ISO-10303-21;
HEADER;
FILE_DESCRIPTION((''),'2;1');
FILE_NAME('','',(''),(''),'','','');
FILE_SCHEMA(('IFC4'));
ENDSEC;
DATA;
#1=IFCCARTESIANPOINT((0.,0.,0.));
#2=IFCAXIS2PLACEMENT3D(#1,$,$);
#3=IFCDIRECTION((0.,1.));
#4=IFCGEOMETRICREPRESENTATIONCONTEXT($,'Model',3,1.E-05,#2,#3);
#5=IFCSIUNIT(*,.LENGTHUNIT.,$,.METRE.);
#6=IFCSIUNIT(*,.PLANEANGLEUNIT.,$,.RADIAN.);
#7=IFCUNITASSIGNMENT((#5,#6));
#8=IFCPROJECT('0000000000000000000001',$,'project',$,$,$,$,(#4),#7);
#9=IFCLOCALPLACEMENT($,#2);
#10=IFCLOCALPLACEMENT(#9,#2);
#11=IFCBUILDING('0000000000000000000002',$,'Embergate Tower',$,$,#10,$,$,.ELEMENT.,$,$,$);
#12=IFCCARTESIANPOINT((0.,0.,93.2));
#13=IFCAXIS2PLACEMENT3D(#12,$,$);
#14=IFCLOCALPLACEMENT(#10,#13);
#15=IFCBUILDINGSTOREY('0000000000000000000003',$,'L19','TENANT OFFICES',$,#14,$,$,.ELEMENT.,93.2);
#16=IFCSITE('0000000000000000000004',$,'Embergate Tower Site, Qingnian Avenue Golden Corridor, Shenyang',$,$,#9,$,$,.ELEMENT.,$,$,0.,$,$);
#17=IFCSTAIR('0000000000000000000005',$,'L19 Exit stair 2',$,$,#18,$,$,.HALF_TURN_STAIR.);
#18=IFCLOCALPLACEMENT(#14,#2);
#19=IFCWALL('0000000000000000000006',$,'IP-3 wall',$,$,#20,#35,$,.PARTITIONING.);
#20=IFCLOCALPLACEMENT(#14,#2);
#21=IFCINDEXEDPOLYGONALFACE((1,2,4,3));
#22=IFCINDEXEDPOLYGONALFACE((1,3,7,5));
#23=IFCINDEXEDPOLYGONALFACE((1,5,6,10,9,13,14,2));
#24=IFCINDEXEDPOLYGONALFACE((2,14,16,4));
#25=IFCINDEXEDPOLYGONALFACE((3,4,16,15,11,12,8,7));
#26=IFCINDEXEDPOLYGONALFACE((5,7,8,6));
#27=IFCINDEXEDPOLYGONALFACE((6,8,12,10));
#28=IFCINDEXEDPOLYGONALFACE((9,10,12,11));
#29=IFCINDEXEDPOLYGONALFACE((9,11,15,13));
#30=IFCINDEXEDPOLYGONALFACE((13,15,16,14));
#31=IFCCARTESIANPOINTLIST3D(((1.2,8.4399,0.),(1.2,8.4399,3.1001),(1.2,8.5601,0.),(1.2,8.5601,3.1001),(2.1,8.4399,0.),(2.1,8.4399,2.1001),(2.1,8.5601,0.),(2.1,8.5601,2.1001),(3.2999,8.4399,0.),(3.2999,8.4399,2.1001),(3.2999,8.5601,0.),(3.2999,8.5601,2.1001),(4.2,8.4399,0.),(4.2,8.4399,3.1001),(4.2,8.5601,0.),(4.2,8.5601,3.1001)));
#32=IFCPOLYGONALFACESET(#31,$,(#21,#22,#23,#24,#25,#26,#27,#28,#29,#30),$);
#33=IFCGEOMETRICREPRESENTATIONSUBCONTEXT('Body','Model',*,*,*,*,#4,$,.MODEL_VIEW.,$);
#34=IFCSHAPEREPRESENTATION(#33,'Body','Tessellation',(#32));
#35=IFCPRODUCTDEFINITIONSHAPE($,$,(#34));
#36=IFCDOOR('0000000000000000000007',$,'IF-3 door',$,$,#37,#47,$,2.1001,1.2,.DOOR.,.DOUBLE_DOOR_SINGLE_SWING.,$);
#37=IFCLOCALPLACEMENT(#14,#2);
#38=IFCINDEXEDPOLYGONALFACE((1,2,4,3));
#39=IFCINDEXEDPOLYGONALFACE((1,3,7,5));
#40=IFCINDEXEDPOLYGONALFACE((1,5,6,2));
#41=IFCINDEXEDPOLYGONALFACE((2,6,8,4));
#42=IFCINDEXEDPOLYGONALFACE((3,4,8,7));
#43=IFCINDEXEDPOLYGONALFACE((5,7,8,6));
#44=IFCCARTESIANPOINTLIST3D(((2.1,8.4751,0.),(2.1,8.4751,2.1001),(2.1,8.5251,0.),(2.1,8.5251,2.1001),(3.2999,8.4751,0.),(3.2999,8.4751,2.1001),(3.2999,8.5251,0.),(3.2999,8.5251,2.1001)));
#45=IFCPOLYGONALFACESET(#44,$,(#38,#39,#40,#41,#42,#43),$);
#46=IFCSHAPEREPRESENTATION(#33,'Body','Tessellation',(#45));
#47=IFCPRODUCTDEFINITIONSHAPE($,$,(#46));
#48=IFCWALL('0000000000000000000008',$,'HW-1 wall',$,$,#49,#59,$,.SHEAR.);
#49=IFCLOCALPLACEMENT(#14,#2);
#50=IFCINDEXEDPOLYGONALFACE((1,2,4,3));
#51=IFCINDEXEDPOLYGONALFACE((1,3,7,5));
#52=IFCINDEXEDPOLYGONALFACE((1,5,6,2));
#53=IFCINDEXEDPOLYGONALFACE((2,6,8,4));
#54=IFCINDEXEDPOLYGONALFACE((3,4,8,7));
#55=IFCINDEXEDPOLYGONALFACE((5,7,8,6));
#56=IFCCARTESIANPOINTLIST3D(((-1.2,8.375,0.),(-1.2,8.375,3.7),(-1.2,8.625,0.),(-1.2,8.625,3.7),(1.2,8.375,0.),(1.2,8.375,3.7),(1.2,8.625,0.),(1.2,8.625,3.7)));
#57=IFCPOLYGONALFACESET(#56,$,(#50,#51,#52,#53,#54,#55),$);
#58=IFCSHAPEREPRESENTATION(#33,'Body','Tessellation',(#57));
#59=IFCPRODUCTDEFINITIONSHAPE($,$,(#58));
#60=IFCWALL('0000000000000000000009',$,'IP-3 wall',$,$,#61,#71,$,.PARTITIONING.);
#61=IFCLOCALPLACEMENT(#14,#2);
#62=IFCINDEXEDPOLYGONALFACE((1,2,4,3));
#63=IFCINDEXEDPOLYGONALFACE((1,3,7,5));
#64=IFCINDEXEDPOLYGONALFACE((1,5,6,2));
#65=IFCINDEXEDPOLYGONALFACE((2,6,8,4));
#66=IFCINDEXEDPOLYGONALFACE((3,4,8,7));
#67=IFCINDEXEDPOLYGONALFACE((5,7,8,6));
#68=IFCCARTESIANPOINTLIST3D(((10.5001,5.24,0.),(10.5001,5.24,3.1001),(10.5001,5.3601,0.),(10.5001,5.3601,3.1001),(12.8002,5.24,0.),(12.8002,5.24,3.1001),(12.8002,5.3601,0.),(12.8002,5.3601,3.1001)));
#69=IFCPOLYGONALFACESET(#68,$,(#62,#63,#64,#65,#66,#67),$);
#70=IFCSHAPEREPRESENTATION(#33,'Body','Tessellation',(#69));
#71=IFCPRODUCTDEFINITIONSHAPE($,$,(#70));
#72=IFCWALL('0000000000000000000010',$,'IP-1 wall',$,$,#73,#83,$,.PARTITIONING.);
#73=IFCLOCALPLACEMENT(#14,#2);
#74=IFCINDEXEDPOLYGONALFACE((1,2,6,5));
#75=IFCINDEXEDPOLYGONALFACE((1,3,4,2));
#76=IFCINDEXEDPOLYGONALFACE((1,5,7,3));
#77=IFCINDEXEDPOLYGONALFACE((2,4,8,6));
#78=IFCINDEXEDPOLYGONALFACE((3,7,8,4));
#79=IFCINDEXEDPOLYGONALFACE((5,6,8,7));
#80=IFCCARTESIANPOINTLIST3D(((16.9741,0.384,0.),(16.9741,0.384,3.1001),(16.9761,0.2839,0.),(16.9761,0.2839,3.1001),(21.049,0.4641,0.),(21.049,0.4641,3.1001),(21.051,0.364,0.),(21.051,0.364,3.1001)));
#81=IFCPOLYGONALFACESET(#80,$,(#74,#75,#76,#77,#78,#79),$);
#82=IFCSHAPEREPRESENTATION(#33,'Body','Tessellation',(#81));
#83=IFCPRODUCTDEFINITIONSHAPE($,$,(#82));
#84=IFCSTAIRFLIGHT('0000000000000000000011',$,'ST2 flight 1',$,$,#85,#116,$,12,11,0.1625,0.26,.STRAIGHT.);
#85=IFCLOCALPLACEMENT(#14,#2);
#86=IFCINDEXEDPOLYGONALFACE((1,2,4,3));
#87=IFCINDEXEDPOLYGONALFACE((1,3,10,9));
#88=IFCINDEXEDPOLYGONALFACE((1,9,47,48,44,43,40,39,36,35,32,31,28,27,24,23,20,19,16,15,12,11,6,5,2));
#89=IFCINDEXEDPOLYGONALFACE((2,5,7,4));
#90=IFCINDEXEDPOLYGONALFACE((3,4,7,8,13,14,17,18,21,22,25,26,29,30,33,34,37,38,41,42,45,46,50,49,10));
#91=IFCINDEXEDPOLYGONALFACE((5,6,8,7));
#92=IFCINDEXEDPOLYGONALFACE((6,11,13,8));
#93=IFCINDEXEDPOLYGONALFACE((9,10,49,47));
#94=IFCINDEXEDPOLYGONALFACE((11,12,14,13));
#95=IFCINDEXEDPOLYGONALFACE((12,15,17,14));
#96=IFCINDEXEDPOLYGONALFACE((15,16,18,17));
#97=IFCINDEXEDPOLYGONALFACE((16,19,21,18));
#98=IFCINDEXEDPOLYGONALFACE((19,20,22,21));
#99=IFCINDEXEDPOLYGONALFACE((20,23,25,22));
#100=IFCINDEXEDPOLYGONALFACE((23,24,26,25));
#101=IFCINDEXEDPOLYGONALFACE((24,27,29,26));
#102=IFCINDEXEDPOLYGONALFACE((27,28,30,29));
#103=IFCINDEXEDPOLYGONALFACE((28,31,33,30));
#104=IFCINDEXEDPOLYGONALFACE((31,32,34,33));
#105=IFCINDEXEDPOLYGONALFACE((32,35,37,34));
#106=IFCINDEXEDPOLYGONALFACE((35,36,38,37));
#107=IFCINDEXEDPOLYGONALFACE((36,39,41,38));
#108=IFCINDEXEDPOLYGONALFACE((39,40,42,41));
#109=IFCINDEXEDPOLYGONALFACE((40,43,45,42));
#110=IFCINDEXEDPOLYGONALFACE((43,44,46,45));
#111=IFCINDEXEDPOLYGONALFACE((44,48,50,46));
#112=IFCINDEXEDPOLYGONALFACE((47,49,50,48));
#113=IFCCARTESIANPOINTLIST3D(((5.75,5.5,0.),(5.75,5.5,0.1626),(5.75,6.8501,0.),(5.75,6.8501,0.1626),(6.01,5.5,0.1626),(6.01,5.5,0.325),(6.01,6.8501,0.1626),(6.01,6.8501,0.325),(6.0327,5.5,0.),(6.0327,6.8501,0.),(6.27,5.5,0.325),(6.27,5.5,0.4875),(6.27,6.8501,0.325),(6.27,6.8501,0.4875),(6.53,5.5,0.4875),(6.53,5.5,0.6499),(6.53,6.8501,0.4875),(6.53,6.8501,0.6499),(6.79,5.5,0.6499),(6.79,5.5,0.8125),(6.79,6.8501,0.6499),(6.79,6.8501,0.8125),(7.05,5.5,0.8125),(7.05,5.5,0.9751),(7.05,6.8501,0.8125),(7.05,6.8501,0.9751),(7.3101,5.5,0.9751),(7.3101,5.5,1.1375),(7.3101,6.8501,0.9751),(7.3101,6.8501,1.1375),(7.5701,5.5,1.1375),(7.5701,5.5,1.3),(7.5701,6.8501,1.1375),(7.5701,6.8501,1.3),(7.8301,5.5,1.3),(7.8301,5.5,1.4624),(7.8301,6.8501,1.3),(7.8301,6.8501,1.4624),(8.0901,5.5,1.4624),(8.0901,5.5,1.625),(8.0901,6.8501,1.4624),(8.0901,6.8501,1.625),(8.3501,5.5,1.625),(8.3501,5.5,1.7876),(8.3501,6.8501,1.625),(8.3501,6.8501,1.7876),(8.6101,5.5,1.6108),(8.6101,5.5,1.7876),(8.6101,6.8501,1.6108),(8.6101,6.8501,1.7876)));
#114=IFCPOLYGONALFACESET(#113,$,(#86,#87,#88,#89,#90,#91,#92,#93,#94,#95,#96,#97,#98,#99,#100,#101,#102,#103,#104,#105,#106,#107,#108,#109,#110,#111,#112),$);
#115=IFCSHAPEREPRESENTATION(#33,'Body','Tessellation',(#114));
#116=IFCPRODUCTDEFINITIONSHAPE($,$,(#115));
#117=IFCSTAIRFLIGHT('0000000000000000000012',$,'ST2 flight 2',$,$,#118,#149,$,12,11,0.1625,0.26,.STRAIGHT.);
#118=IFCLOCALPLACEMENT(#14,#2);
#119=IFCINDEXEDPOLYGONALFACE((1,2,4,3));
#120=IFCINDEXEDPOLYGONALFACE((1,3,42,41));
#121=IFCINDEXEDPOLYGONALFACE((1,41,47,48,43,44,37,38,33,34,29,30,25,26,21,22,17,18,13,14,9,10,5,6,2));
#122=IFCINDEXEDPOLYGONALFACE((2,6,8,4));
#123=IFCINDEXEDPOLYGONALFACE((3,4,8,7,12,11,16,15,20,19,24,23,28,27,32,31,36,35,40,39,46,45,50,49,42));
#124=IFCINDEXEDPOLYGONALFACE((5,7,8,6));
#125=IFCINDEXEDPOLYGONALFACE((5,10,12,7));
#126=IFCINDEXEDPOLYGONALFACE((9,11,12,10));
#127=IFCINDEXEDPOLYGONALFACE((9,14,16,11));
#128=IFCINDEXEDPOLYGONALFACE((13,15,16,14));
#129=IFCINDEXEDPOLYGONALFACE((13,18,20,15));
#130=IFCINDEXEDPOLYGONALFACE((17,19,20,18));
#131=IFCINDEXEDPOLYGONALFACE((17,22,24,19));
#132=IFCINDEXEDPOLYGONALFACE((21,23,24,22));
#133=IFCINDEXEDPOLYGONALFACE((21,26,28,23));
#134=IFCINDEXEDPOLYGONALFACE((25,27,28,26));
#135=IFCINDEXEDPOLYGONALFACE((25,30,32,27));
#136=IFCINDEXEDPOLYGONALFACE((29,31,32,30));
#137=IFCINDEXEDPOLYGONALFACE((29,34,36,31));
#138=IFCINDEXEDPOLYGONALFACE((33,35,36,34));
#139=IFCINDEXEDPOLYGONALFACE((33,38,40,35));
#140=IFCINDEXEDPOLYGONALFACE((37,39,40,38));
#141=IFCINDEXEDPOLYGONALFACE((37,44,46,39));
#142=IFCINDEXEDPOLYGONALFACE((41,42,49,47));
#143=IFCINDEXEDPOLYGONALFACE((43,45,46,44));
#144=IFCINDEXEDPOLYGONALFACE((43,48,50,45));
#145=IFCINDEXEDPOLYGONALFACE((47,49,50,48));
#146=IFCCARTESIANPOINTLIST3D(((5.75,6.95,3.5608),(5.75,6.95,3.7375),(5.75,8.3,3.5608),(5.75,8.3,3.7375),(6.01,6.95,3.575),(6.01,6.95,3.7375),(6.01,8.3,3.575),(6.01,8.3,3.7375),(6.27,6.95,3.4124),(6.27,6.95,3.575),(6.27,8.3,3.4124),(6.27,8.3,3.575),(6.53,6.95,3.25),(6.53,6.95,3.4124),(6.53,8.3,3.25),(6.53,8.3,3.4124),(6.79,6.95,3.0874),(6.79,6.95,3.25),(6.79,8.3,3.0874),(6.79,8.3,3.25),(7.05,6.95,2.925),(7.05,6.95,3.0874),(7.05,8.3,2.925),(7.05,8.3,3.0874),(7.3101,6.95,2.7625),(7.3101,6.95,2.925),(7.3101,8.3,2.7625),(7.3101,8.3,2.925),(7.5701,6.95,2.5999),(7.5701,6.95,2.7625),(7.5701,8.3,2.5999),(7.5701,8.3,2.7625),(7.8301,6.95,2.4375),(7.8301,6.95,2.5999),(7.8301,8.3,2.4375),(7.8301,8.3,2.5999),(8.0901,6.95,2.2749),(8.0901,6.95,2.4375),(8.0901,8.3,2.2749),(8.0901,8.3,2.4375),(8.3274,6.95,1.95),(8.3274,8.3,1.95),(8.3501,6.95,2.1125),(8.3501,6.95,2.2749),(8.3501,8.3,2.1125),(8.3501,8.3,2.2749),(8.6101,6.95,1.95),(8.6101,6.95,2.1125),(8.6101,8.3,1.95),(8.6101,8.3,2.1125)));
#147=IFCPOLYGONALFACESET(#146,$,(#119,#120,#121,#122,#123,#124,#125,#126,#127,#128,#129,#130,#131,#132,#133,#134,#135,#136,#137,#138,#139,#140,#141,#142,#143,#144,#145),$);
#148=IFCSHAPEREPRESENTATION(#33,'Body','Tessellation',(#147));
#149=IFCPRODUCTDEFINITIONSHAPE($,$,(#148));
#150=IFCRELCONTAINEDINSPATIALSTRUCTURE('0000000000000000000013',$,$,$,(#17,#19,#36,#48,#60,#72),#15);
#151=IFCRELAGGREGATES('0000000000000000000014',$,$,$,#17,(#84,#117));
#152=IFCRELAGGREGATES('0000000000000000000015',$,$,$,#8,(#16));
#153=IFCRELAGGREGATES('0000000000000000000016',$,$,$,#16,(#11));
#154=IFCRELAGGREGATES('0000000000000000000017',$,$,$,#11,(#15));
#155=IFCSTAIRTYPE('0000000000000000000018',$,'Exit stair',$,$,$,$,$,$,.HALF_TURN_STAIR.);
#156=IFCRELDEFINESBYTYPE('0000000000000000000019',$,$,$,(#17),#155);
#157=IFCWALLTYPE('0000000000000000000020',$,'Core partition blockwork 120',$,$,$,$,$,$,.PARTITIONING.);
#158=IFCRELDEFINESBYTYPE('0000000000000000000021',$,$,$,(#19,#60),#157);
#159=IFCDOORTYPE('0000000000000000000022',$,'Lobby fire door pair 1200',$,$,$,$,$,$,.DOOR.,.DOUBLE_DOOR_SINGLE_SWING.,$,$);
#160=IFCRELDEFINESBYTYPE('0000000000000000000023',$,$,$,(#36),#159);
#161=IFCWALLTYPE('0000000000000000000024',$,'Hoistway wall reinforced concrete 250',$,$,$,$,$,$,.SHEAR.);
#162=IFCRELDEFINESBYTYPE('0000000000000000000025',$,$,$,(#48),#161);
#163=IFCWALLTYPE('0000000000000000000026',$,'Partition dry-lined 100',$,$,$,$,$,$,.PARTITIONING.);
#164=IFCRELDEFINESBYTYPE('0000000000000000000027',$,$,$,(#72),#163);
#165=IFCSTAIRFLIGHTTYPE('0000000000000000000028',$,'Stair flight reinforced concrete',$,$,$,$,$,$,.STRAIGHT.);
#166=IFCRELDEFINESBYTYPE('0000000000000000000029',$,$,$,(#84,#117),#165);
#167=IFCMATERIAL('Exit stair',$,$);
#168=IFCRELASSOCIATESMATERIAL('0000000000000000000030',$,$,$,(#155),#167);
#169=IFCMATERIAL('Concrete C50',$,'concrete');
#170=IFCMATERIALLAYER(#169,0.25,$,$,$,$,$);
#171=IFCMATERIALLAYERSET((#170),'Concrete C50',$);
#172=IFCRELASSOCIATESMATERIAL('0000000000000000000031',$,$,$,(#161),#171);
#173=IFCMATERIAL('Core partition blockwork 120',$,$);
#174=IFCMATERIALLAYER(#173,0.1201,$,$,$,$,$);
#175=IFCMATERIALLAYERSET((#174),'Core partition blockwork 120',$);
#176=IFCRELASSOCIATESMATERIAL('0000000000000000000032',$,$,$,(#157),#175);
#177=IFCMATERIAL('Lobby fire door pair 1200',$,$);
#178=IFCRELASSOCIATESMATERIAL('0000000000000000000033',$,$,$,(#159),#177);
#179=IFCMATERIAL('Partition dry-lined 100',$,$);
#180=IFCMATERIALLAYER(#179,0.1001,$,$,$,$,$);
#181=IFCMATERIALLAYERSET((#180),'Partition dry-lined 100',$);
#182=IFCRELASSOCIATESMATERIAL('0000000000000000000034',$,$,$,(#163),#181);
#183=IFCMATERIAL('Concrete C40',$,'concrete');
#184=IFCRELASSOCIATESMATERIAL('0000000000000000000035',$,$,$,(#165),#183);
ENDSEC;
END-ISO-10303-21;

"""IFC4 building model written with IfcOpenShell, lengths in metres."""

from ifc_helpers import new_model, si_unit, direction, frame, frame_2d, origin, place, context, subcontext, project, spatial, polyline, rectangle, outline, extrude, source, transform, mapped, material, layer, layer_set, type_object, element, fill, aggregate, save


model = new_model("IFC4")

# Units and contexts
model_context = context("Model", 3, precision=1e-05, world=origin(), true_north=direction((0.0, 1.0)))
body_context = subcontext(model_context, "Body", "Model", "MODEL_VIEW")
ifc_project = project(units=[si_unit("LENGTHUNIT", "METRE"), si_unit("PLANEANGLEUNIT", "RADIAN")], contexts=[model_context])

# Site, building, storey
site_placement = place(None, origin())
site = spatial("IfcSite", under=ifc_project, at=site_placement, Name="Embergate Tower Site, Qingnian Avenue Golden Corridor, Shenyang", CompositionType="ELEMENT", RefElevation=0.0)
building_placement = place(site_placement, origin())
building = spatial("IfcBuilding", under=site, at=building_placement, Name="Embergate Tower", CompositionType="ELEMENT")
storey_placement = place(building_placement, frame((0.0, 0.0, 93.2)))
storey = spatial("IfcBuildingStorey", under=building, at=storey_placement, Name="L19", Description="TENANT OFFICES", CompositionType="ELEMENT", Elevation=93.2)

# Stair
ifc_material_1 = material(Name="Exit stair")
stair_type = type_object("IfcStairType", Name="Exit stair", PredefinedType="HALF_TURN_STAIR", material=ifc_material_1)
stair_placement = place(storey_placement, origin())
stair = element("IfcStair", 1, at=stair_placement, inside=storey, type_object=stair_type, Name="L19 Exit stair 2", PredefinedType="HALF_TURN_STAIR")
ifc_material_2 = material(Name="Concrete C40", Category="concrete")

# Shared definitions
ifc_material_3 = material(Name="Concrete C50", Category="concrete")
ifc_layer_1 = layer(ifc_material_3, 0.25)
ifc_layer_set_1 = layer_set([ifc_layer_1], Name="Concrete C50")
wall_type_1 = type_object("IfcWallType", Name="Hoistway wall reinforced concrete 250", PredefinedType="SHEAR", material=ifc_layer_set_1)

# Shared definitions
ifc_material_4 = material(Name="Core partition blockwork 120")
ifc_layer_2 = layer(ifc_material_4, 0.1201)
ifc_layer_set_2 = layer_set([ifc_layer_2], Name="Core partition blockwork 120")
wall_type_2 = type_object("IfcWallType", Name="Core partition blockwork 120", PredefinedType="PARTITIONING", material=ifc_layer_set_2)

# Shared definitions
shared_shape_1 = source(origin(), body_context, "Body", "SweptSolid", [
    extrude(rectangle(XDim=1.2, YDim=2.1001, at=frame_2d((0.6001, 1.05))), frame((0.0, 0.0249, 0.0), z_axis=(0.0, -1.0, 0.0), x_axis=(1.0, 0.0, 0.0)), (0.0, 0.0, 1.0), 0.05),
])

# Wall, opening, door
shared_shape_2 = source(origin(), body_context, "Body", "SweptSolid", [
    extrude(rectangle(XDim=3.0, YDim=0.1201, at=frame_2d((1.5, 0.0))), origin(), (0.0, 0.0, 1.0), 3.1001),
])
wall_1_placement = place(storey_placement, frame((4.2, 8.5, 0.0), z_axis=(0.0, 0.0, 1.0), x_axis=(-1.0, 0.0, 0.0)))
wall_1 = element("IfcWall", 2, at=wall_1_placement, inside=storey, type_object=wall_type_2, Name="IP-3 wall", PredefinedType="PARTITIONING", context=body_context, shape_type="MappedRepresentation", body=[
    mapped(shared_shape_2, transform((0.0, 0.0, 0.0))),
])
shared_shape_3 = source(origin(), body_context, "Body", "SweptSolid", [
    extrude(rectangle(XDim=1.2, YDim=2.1001, at=frame_2d((0.6001, 1.05))), frame((0.0, 0.0701, 0.0), z_axis=(0.0, -1.0, 0.0), x_axis=(1.0, 0.0, 0.0)), (0.0, 0.0, 1.0), 0.1401),
])
opening_1_placement = place(wall_1_placement, frame((0.8999, 0.0, 0.0)))
opening_1 = element("IfcOpeningElement", 3, at=opening_1_placement, cuts=wall_1, PredefinedType="OPENING", context=body_context, shape_type="MappedRepresentation", body=[
    mapped(shared_shape_3, transform((0.0, 0.0, 0.0))),
])
ifc_material_5 = material(Name="Lobby fire door pair 1200")
door_type_1 = type_object("IfcDoorType", Name="Lobby fire door pair 1200", OperationType="DOUBLE_DOOR_SINGLE_SWING", PredefinedType="DOOR", material=ifc_material_5)
door_1_placement = place(opening_1_placement, origin())
door_1 = element("IfcDoor", 4, at=door_1_placement, inside=storey, type_object=door_type_1, Name="IF-3 door", OperationType="DOUBLE_DOOR_SINGLE_SWING", OverallHeight=2.1001, OverallWidth=1.2, PredefinedType="DOOR", context=body_context, shape_type="MappedRepresentation", body=[
    mapped(shared_shape_1, transform((0.0, 0.0, 0.0))),
])
fill(opening_1, door_1)

# Walls
shared_shape_4 = source(origin(), body_context, "Body", "SweptSolid", [
    extrude(rectangle(XDim=2.3999, YDim=0.25, at=frame_2d((1.2, 0.0))), origin(), (0.0, 0.0, 1.0), 3.7),
])
wall_2_placement = place(storey_placement, frame((1.2, 8.5, 0.0), z_axis=(0.0, 0.0, 1.0), x_axis=(-1.0, 0.0, 0.0)))
element("IfcWall", 5, at=wall_2_placement, inside=storey, type_object=wall_type_1, Name="HW-1 wall", PredefinedType="SHEAR", context=body_context, shape_type="MappedRepresentation", body=[
    mapped(shared_shape_4, transform((0.0, 0.0, 0.0))),
])
shared_shape_5 = source(origin(), body_context, "Body", "SweptSolid", [
    extrude(rectangle(XDim=2.3, YDim=0.1201, at=frame_2d((1.1499, 0.0))), origin(), (0.0, 0.0, 1.0), 3.1001),
])
wall_3_placement = place(storey_placement, frame((12.8, 5.3, 0.0), z_axis=(0.0, 0.0, 1.0), x_axis=(-1.0, 0.0, 0.0)))
element("IfcWall", 6, at=wall_3_placement, inside=storey, type_object=wall_type_2, Name="IP-3 wall", PredefinedType="PARTITIONING", context=body_context, shape_type="MappedRepresentation", body=[
    mapped(shared_shape_5, transform((0.0, 0.0, 0.0))),
])
ifc_material_6 = material(Name="Partition dry-lined 100")
ifc_layer_3 = layer(ifc_material_6, 0.1001)
ifc_layer_set_3 = layer_set([ifc_layer_3], Name="Partition dry-lined 100")
wall_type_3 = type_object("IfcWallType", Name="Partition dry-lined 100", PredefinedType="PARTITIONING", material=ifc_layer_set_3)
shared_shape_6 = source(origin(), body_context, "Body", "SweptSolid", [
    extrude(rectangle(XDim=4.0757, YDim=0.1001, at=frame_2d((2.0378, 0.0))), origin(), (0.0, 0.0, 1.0), 3.1001),
])
wall_4_placement = place(storey_placement, frame((16.9751, 0.334, 0.0), z_axis=(0.0, 0.0, 1.0), x_axis=(0.999807, 0.019648, 0.0)))
element("IfcWall", 7, at=wall_4_placement, inside=storey, type_object=wall_type_3, Name="IP-1 wall", PredefinedType="PARTITIONING", context=body_context, shape_type="MappedRepresentation", body=[
    mapped(shared_shape_6, transform((0.0, 0.0, 0.0))),
])

# Stair flights
stair_flight_type = type_object("IfcStairFlightType", Name="Stair flight reinforced concrete", PredefinedType="STRAIGHT", material=ifc_material_2)
shared_shape_7 = source(origin(), body_context, "Body", "SweptSolid", [
    extrude(outline(polyline([(0.0, 0.0), (0.0, 0.1626), (0.26, 0.1626), (0.26, 0.325), (0.52, 0.325), (0.52, 0.4875), (0.78, 0.4875), (0.78, 0.6499), (1.04, 0.6499), (1.04, 0.8125), (1.3, 0.8125), (1.3, 0.9751), (1.5601, 0.9751), (1.5601, 1.1375), (1.8201, 1.1375), (1.8201, 1.3), (2.0801, 1.3), (2.0801, 1.4624), (2.3401, 1.4624), (2.3401, 1.625), (2.6001, 1.625), (2.6001, 1.7876), (2.8601, 1.7876), (2.8601, 1.95), (2.8601, 1.6108), (0.2827, 0.0), (0.0, 0.0)])), frame((0.0, 0.675, 0.0), z_axis=(0.0, -1.0, 0.0), x_axis=(1.0, 0.0, 0.0)), (0.0, 0.0, 1.0), 1.3501),
])
stair_flight_1_placement = place(storey_placement, frame((5.75, 6.175, 0.0), z_axis=(0.0, 0.0, 1.0), x_axis=(1.0, 0.0, 0.0)))
stair_flight_1 = element("IfcStairFlight", 8, at=stair_flight_1_placement, type_object=stair_flight_type, Name="ST2 flight 1", NumberOfRisers=12, NumberOfTreads=11, PredefinedType="STRAIGHT", RiserHeight=0.1625, TreadLength=0.26, context=body_context, shape_type="MappedRepresentation", body=[
    mapped(shared_shape_7, transform((0.0, 0.0, 0.0))),
])
stair_flight_2_placement = place(storey_placement, frame((8.6101, 7.625, 1.95), z_axis=(0.0, 0.0, 1.0), x_axis=(-1.0, 0.0, 0.0)))
stair_flight_2 = element("IfcStairFlight", 9, at=stair_flight_2_placement, type_object=stair_flight_type, Name="ST2 flight 2", NumberOfRisers=12, NumberOfTreads=11, PredefinedType="STRAIGHT", RiserHeight=0.1625, TreadLength=0.26, context=body_context, shape_type="MappedRepresentation", body=[
    mapped(shared_shape_7, transform((0.0, 0.0, 0.0))),
])
aggregate(stair, [stair_flight_1, stair_flight_2])

save(model, "model.ifc")
